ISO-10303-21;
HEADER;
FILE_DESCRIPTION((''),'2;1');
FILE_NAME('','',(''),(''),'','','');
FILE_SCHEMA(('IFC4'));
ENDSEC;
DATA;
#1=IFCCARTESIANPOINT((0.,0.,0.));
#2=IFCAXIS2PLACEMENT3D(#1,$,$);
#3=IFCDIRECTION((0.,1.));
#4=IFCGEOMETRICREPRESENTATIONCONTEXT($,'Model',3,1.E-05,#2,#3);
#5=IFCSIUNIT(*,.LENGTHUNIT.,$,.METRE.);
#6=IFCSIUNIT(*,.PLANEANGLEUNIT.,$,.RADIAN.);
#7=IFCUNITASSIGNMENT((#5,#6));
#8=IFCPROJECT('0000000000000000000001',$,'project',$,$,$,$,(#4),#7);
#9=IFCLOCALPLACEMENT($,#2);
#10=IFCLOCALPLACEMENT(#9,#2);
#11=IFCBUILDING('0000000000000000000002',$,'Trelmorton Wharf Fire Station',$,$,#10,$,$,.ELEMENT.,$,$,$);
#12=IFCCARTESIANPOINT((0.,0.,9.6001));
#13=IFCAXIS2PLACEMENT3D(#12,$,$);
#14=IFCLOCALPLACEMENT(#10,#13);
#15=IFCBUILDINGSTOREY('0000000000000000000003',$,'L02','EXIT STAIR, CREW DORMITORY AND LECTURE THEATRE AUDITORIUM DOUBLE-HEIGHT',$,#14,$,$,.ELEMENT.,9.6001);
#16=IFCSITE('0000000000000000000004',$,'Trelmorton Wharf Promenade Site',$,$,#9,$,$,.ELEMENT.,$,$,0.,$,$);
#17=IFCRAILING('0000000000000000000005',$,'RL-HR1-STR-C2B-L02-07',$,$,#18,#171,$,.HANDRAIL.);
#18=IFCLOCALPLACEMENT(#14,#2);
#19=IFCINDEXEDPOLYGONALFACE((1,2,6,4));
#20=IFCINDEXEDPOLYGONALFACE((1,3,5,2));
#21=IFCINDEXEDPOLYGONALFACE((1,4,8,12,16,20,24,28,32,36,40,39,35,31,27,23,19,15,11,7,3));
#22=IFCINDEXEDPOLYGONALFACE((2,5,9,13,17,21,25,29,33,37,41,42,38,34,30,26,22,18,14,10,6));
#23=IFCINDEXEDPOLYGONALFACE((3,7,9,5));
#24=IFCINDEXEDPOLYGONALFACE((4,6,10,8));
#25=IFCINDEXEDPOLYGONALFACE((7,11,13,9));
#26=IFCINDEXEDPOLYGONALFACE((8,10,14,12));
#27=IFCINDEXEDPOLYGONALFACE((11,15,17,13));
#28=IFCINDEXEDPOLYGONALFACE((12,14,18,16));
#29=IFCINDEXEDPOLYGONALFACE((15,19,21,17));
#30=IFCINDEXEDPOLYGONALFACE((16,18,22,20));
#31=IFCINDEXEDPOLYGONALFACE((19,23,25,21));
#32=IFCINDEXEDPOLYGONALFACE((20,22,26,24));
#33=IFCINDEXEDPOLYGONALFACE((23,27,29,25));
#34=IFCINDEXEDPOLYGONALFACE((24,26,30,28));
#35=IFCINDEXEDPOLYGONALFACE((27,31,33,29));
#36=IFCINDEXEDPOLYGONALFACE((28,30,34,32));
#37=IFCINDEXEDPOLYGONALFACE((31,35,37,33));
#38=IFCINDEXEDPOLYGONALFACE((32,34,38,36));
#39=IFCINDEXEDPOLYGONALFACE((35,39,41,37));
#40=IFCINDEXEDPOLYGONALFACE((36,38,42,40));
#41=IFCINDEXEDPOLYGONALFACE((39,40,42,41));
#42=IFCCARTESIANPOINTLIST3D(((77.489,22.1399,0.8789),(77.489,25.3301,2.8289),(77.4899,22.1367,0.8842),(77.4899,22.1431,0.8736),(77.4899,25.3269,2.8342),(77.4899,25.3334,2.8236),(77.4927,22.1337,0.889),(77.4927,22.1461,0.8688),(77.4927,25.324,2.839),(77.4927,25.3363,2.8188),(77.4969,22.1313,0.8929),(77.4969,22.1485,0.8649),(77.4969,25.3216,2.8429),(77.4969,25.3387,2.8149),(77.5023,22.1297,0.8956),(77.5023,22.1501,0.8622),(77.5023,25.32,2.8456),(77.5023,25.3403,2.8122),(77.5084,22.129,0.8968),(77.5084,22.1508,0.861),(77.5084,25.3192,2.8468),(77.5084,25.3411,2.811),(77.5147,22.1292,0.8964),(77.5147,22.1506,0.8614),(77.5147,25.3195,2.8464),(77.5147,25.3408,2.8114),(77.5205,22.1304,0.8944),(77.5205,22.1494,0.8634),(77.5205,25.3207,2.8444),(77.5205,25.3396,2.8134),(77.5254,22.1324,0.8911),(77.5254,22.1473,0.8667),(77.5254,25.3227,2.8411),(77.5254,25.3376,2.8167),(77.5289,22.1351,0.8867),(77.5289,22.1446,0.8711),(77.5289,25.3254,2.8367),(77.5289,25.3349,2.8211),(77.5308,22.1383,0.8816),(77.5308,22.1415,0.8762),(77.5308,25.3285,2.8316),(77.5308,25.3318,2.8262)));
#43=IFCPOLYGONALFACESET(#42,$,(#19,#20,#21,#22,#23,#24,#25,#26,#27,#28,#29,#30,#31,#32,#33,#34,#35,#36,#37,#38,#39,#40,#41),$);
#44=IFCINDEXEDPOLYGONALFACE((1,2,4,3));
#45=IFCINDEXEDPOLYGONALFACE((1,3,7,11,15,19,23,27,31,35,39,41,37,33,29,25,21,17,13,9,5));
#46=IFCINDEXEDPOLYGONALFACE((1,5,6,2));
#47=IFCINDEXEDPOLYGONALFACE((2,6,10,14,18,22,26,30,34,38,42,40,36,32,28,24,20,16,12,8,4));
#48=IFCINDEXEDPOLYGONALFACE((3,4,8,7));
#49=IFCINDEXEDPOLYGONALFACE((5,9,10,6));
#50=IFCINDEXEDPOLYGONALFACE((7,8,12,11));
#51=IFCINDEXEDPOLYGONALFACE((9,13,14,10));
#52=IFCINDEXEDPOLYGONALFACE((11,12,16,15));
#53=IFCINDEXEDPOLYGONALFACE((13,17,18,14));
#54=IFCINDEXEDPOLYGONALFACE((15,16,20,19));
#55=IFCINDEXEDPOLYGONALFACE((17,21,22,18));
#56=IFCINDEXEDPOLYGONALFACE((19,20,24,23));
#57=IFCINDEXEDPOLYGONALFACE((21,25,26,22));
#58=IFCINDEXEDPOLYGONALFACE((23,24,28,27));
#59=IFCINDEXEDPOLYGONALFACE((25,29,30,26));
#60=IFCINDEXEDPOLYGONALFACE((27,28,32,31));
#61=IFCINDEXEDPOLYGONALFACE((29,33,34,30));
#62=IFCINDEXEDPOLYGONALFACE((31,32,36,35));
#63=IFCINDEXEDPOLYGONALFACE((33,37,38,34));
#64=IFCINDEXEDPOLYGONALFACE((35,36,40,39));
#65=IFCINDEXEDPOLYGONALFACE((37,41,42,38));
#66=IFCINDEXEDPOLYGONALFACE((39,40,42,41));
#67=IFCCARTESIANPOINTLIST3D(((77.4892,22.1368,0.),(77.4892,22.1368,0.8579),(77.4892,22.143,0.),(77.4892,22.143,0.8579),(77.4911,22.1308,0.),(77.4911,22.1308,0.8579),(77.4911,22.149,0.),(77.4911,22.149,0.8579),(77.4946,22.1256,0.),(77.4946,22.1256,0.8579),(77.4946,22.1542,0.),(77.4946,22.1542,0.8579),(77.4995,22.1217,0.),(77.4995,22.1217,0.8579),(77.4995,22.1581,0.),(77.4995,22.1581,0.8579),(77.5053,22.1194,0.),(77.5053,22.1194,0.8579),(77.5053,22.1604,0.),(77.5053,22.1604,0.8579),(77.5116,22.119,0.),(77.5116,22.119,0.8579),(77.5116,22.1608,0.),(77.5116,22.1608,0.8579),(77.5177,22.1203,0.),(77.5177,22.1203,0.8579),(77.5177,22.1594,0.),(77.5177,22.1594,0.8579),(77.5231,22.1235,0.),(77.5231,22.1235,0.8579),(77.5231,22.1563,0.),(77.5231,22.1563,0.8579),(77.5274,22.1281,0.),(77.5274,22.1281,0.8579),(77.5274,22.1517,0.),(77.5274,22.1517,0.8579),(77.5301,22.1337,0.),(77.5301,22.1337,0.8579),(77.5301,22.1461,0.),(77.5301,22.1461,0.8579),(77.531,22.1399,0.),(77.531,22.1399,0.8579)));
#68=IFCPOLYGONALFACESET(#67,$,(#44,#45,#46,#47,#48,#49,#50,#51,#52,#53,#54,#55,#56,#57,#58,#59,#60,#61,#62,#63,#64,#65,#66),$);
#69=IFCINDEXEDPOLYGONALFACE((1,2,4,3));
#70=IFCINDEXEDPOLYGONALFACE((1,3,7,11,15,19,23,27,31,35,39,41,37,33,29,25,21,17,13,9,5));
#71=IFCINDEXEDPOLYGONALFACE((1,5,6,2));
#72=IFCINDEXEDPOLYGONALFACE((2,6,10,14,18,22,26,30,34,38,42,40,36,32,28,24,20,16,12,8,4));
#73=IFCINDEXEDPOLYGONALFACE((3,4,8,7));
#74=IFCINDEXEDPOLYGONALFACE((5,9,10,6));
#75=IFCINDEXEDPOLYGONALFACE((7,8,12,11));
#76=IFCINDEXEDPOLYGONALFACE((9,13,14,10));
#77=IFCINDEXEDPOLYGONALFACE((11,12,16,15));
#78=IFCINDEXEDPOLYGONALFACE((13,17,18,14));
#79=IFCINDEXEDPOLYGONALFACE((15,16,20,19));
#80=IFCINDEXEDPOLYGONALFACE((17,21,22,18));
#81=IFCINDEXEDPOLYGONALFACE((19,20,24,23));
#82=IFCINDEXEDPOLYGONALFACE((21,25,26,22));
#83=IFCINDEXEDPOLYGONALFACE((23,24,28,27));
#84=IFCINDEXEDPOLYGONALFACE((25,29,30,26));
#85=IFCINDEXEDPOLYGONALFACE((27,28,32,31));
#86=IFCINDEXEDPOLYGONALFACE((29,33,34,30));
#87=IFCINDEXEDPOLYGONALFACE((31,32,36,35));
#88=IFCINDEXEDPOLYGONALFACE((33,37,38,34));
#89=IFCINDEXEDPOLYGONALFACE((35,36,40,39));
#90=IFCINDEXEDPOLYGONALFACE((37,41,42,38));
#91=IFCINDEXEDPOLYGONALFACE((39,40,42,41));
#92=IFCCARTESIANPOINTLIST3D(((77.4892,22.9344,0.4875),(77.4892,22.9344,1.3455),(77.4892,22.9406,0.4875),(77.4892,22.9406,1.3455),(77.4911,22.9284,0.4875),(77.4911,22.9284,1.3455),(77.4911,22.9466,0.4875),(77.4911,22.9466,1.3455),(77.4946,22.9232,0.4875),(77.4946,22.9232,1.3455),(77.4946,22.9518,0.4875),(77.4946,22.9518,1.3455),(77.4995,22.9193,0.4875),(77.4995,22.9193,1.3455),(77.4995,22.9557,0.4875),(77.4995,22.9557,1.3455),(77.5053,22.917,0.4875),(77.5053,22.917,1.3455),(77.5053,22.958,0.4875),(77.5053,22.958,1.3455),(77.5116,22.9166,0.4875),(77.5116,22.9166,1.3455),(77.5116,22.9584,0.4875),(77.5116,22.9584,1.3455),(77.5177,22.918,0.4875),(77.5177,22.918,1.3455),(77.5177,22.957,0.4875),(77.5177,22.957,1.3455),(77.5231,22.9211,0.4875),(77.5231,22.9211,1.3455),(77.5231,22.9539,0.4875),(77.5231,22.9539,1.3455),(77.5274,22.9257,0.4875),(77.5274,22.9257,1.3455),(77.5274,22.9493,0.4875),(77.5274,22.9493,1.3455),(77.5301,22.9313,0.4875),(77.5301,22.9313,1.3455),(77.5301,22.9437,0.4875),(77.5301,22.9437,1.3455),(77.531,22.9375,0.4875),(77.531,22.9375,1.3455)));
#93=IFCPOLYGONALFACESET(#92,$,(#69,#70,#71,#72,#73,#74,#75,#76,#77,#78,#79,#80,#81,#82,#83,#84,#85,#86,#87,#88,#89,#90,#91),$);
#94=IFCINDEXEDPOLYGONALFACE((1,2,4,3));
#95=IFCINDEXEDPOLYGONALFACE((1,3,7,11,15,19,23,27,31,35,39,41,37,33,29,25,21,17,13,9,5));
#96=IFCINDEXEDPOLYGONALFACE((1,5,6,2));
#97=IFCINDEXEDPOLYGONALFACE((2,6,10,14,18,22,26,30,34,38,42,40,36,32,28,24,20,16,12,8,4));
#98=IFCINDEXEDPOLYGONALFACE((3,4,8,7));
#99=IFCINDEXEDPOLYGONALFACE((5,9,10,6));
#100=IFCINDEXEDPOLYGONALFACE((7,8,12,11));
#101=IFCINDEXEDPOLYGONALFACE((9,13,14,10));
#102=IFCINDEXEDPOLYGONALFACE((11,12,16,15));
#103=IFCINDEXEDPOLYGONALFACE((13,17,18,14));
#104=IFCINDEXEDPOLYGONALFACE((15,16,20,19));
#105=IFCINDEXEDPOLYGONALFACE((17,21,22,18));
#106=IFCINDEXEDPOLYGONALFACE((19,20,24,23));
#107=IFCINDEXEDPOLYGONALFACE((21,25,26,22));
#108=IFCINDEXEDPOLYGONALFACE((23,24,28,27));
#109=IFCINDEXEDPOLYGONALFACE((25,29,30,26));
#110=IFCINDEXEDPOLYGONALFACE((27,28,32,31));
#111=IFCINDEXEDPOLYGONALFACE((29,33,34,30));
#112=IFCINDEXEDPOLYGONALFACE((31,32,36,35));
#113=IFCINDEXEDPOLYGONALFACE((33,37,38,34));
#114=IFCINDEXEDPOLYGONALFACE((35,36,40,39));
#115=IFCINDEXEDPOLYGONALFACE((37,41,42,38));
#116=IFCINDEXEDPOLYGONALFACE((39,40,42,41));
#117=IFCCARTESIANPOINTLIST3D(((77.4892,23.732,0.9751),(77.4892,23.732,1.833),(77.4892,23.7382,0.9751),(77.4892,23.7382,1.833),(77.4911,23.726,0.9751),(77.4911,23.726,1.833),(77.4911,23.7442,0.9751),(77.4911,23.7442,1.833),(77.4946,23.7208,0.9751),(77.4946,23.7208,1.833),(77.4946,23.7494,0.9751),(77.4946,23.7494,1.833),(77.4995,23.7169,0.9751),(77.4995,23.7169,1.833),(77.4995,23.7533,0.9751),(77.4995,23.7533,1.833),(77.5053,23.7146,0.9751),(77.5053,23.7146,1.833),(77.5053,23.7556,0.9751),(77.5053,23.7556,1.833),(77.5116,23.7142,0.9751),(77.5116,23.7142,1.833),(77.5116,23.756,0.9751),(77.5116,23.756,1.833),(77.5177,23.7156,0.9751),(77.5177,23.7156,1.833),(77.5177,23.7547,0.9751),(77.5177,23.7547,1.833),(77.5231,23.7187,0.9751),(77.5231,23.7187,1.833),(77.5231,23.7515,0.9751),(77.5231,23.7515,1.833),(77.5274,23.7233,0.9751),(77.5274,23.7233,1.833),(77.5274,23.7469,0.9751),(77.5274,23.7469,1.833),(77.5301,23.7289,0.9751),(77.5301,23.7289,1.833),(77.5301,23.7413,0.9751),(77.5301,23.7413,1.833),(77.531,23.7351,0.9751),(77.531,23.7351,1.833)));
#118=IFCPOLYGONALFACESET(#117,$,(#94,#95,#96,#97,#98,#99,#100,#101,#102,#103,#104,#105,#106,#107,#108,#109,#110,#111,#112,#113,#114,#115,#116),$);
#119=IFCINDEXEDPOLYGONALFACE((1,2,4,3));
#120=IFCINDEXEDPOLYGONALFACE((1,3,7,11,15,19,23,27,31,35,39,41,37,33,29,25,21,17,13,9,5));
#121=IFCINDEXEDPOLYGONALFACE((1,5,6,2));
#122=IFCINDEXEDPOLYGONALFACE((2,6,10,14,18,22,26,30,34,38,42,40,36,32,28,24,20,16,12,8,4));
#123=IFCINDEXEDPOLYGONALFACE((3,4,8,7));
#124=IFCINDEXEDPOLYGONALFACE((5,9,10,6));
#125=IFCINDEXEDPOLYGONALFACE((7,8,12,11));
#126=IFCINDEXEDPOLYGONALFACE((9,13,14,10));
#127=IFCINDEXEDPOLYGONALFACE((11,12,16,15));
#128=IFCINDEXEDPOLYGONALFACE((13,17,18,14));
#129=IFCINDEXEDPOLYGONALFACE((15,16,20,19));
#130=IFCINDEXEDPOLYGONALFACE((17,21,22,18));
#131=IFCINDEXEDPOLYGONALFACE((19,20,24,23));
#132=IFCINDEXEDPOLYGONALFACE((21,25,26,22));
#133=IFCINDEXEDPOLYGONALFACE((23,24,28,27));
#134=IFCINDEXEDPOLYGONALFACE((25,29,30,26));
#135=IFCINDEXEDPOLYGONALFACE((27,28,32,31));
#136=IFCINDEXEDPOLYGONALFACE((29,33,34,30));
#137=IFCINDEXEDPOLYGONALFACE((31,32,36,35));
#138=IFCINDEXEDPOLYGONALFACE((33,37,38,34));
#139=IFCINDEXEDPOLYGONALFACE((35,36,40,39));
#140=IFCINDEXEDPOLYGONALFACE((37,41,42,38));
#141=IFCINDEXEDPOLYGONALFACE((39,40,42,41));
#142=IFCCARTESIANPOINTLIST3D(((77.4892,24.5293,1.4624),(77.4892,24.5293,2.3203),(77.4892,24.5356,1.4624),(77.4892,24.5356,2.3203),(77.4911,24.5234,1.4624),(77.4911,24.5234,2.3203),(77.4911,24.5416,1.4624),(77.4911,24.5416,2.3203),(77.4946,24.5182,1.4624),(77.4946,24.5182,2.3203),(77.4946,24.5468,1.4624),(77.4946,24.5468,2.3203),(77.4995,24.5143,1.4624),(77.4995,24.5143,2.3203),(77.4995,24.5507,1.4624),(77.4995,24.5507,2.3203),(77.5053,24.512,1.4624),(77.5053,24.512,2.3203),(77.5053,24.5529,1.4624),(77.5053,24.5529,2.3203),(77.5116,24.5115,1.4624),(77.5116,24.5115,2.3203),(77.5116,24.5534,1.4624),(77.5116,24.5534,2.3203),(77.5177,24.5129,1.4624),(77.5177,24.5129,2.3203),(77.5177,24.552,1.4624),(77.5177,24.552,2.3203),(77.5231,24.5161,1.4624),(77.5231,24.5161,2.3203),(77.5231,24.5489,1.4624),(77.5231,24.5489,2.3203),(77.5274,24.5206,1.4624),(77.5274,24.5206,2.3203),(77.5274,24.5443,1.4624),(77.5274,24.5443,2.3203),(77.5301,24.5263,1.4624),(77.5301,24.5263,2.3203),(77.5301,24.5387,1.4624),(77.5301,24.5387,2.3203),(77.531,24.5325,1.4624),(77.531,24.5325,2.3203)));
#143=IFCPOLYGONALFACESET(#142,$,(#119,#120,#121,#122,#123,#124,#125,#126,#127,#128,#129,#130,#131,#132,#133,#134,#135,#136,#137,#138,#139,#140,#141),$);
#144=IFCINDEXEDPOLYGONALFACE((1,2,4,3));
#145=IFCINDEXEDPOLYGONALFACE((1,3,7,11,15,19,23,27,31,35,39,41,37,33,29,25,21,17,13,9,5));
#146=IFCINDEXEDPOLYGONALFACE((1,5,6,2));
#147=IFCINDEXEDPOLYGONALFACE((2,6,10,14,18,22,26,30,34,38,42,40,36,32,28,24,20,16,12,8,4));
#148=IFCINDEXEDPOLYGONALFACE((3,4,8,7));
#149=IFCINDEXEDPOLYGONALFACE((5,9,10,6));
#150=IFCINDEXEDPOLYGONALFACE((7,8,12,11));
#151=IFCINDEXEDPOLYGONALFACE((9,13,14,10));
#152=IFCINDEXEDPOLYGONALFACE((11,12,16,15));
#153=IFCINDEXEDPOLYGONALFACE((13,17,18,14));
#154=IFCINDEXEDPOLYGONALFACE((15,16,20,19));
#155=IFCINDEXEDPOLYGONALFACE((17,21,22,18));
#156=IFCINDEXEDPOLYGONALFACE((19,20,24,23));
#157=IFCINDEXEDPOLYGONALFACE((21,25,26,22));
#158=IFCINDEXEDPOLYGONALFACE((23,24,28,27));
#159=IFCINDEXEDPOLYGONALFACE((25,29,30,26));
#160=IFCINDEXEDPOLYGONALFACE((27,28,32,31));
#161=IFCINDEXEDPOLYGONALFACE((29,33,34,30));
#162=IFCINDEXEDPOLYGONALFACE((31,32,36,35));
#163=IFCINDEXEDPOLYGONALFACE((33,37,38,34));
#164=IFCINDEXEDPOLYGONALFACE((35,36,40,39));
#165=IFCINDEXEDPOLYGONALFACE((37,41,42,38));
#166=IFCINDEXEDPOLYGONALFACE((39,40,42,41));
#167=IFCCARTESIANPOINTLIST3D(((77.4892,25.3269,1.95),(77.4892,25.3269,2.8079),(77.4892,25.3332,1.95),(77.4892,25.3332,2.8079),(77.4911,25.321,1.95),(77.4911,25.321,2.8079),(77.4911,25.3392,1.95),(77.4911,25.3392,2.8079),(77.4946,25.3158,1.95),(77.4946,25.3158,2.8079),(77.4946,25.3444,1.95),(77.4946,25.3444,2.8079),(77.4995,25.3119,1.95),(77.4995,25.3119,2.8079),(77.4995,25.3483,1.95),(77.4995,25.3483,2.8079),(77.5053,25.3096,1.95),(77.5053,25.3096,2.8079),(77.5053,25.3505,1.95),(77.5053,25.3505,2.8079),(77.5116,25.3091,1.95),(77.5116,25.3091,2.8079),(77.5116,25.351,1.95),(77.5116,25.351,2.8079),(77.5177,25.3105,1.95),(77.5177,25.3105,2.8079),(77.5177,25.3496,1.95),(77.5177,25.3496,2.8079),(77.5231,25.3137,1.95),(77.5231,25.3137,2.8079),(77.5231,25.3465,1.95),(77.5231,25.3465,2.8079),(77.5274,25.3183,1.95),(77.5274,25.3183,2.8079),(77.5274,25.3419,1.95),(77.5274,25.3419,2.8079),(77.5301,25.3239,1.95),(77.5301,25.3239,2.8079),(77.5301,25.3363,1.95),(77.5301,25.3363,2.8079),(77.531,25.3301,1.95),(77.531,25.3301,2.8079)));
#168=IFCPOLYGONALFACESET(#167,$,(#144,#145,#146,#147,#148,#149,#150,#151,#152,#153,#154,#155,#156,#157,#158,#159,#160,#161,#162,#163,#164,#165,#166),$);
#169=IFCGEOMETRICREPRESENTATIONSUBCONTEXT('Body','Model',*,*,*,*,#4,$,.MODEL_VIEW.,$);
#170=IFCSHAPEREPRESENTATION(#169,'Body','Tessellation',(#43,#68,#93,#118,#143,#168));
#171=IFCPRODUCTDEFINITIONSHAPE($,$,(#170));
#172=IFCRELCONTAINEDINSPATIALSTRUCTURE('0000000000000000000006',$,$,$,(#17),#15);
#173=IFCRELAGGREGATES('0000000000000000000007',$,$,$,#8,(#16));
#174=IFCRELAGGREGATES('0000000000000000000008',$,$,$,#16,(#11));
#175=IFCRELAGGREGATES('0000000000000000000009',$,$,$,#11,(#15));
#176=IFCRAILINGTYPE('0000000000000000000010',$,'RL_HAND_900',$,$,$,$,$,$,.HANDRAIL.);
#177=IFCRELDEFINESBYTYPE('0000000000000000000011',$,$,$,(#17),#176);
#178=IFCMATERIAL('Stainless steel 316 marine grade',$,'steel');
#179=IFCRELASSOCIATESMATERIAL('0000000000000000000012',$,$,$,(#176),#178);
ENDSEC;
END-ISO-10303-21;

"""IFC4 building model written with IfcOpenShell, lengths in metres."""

from ifc_helpers import new_model, si_unit, direction, frame, origin, origin_2d, place, context, subcontext, project, spatial, circle, extrude, material, type_object, element, save


model = new_model("IFC4")

# Units and contexts
model_context = context("Model", 3, precision=1e-05, world=origin(), true_north=direction((0.0, 1.0)))
body_context = subcontext(model_context, "Body", "Model", "MODEL_VIEW")
ifc_project = project(units=[si_unit("LENGTHUNIT", "METRE"), si_unit("PLANEANGLEUNIT", "RADIAN")], contexts=[model_context])

# Site, building, storey
site_placement = place(None, origin())
site = spatial("IfcSite", under=ifc_project, at=site_placement, Name="Trelmorton Wharf Promenade Site", CompositionType="ELEMENT", RefElevation=0.0)
building_placement = place(site_placement, origin())
building = spatial("IfcBuilding", under=site, at=building_placement, Name="Trelmorton Wharf Fire Station", CompositionType="ELEMENT")
storey_placement = place(building_placement, frame((0.0, 0.0, 9.6001)))
storey = spatial("IfcBuildingStorey", under=building, at=storey_placement, Name="L02", Description="EXIT STAIR, CREW DORMITORY AND LECTURE THEATRE AUDITORIUM DOUBLE-HEIGHT", CompositionType="ELEMENT", Elevation=9.6001)

# Shared definitions
ifc_material_1 = material(Name="Stainless steel 316 marine grade", Category="steel")

# Railing
railing_type_1 = type_object("IfcRailingType", Name="RL_HAND_900", PredefinedType="HANDRAIL", material=ifc_material_1)
railing_1_placement = place(storey_placement, frame((77.51, 22.1399, 0.0)))
element("IfcRailing", 1, at=railing_1_placement, inside=storey, type_object=railing_type_1, Name="RL-HR1-STR-C2B-L02-07", PredefinedType="HANDRAIL", context=body_context, shape_type="SweptSolid", body=[
    extrude(circle(Radius=0.021, at=origin_2d()), frame((0.0, 0.0, 0.8789), z_axis=(0.0, 0.853235, 0.521527), x_axis=(-1.0, 0.0, 0.0)), (0.0, 0.0, 1.0), 3.739),
    extrude(circle(Radius=0.021, at=origin_2d()), origin(), (0.0, 0.0, 1.0), 0.8579),
    extrude(circle(Radius=0.021, at=origin_2d()), frame((0.0, 0.7976, 0.4875)), (0.0, 0.0, 1.0), 0.8579),
    extrude(circle(Radius=0.021, at=origin_2d()), frame((0.0, 1.5952, 0.9751)), (0.0, 0.0, 1.0), 0.8579),
    extrude(circle(Radius=0.021, at=origin_2d()), frame((0.0, 2.3926, 1.4624)), (0.0, 0.0, 1.0), 0.8579),
    extrude(circle(Radius=0.021, at=origin_2d()), frame((0.0, 3.1902, 1.95)), (0.0, 0.0, 1.0), 0.8579),
])

save(model, "model.ifc")
